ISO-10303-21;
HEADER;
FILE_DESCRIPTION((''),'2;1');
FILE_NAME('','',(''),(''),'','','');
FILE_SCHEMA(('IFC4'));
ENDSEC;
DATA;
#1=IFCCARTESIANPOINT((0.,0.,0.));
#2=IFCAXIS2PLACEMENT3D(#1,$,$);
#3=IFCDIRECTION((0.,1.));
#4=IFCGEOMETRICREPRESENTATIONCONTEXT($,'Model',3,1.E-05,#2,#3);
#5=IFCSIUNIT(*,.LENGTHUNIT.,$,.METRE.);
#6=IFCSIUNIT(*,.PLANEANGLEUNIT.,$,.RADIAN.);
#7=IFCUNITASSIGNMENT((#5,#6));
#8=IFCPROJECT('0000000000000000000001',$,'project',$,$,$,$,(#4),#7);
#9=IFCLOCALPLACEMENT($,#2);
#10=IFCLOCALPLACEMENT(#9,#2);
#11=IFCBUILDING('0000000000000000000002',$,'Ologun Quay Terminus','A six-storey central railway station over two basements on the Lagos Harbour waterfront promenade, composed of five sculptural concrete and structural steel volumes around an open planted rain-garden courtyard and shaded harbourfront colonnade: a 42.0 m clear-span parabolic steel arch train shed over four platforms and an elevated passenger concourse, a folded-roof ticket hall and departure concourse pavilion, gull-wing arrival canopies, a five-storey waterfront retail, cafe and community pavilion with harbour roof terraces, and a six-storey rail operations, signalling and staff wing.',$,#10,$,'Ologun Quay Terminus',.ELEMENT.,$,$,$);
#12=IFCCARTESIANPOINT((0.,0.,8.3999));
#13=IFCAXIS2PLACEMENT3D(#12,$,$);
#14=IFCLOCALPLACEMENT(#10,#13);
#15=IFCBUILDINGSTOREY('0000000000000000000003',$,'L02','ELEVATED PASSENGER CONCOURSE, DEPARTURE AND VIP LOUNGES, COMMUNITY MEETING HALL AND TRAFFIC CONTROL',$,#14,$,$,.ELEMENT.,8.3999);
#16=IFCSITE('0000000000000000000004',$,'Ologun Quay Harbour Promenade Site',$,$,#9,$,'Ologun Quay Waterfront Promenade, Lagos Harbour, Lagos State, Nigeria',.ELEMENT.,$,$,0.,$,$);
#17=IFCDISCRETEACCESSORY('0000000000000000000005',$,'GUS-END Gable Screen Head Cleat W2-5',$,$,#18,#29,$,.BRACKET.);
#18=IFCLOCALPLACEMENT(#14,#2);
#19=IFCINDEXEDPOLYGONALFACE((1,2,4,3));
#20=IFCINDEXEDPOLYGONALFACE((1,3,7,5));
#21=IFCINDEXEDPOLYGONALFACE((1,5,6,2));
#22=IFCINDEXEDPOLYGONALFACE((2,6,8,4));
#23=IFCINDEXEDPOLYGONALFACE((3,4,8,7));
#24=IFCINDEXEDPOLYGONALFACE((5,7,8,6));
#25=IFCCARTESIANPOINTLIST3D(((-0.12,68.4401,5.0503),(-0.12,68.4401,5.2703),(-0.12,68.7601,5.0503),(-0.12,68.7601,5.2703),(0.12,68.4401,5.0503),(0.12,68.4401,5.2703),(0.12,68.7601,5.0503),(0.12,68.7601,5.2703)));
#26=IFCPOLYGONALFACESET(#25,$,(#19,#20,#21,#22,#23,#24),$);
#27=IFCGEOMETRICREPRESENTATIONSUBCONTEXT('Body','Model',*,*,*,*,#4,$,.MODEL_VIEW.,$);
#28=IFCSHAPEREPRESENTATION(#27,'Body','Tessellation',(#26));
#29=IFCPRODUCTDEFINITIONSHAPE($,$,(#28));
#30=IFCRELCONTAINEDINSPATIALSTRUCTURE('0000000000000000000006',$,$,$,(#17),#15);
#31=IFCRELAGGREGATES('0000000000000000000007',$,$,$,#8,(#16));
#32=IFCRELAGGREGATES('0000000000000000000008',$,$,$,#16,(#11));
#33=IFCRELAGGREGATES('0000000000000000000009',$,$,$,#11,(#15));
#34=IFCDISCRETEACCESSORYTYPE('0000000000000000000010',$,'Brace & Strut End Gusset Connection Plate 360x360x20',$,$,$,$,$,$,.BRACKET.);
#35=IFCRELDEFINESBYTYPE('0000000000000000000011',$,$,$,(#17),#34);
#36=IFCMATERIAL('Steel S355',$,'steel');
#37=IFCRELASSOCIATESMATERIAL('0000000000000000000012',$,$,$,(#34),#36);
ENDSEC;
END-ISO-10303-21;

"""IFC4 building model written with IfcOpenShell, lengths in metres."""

from ifc_helpers import new_model, si_unit, direction, frame, origin, origin_2d, place, context, subcontext, project, spatial, rectangle, extrude, material, type_object, element, save


model = new_model("IFC4")

# Units and contexts
model_context = context("Model", 3, precision=1e-05, world=origin(), true_north=direction((0.0, 1.0)))
body_context = subcontext(model_context, "Body", "Model", "MODEL_VIEW")
ifc_project = project(units=[si_unit("LENGTHUNIT", "METRE"), si_unit("PLANEANGLEUNIT", "RADIAN")], contexts=[model_context])

# Site, building, storey
site_placement = place(None, origin())
site = spatial("IfcSite", under=ifc_project, at=site_placement, Name="Ologun Quay Harbour Promenade Site", LongName="Ologun Quay Waterfront Promenade, Lagos Harbour, Lagos State, Nigeria", CompositionType="ELEMENT", RefElevation=0.0)
building_placement = place(site_placement, origin())
building = spatial("IfcBuilding", under=site, at=building_placement, Name="Ologun Quay Terminus", Description="A six-storey central railway station over two basements on the Lagos Harbour waterfront promenade, composed of five sculptural concrete and structural steel volumes around an open planted rain-garden courtyard and shaded harbourfront colonnade: a 42.0 m clear-span parabolic steel arch train shed over four platforms and an elevated passenger concourse, a folded-roof ticket hall and departure concourse pavilion, gull-wing arrival canopies, a five-storey waterfront retail, cafe and community pavilion with harbour roof terraces, and a six-storey rail operations, signalling and staff wing.", LongName="Ologun Quay Terminus", CompositionType="ELEMENT")
storey_placement = place(building_placement, frame((0.0, 0.0, 8.3999)))
storey = spatial("IfcBuildingStorey", under=building, at=storey_placement, Name="L02", Description="ELEVATED PASSENGER CONCOURSE, DEPARTURE AND VIP LOUNGES, COMMUNITY MEETING HALL AND TRAFFIC CONTROL", CompositionType="ELEMENT", Elevation=8.3999)

# Discrete accessory
ifc_material_1 = material(Name="Steel S355", Category="steel")
discrete_accessory_type = type_object("IfcDiscreteAccessoryType", Name="Brace & Strut End Gusset Connection Plate 360x360x20", PredefinedType="BRACKET", material=ifc_material_1)
for number, where, z_axis, x_axis, name in (
    (1, (0.0, 68.6001, 5.0503), (0.0, 0.0, 1.0), (1.0, 0.0, 0.0), "GUS-END Gable Screen Head Cleat W2-5"),
):
    element("IfcDiscreteAccessory", number, at=place(storey_placement, frame(where, z_axis=z_axis, x_axis=x_axis)), inside=storey, type_object=discrete_accessory_type, Name=name, PredefinedType="BRACKET", context=body_context, shape_type="SweptSolid", body=[
        extrude(rectangle(XDim=0.24, YDim=0.3201, at=origin_2d()), origin(), (0.0, 0.0, 1.0), 0.22),
    ])

save(model, "model.ifc")
